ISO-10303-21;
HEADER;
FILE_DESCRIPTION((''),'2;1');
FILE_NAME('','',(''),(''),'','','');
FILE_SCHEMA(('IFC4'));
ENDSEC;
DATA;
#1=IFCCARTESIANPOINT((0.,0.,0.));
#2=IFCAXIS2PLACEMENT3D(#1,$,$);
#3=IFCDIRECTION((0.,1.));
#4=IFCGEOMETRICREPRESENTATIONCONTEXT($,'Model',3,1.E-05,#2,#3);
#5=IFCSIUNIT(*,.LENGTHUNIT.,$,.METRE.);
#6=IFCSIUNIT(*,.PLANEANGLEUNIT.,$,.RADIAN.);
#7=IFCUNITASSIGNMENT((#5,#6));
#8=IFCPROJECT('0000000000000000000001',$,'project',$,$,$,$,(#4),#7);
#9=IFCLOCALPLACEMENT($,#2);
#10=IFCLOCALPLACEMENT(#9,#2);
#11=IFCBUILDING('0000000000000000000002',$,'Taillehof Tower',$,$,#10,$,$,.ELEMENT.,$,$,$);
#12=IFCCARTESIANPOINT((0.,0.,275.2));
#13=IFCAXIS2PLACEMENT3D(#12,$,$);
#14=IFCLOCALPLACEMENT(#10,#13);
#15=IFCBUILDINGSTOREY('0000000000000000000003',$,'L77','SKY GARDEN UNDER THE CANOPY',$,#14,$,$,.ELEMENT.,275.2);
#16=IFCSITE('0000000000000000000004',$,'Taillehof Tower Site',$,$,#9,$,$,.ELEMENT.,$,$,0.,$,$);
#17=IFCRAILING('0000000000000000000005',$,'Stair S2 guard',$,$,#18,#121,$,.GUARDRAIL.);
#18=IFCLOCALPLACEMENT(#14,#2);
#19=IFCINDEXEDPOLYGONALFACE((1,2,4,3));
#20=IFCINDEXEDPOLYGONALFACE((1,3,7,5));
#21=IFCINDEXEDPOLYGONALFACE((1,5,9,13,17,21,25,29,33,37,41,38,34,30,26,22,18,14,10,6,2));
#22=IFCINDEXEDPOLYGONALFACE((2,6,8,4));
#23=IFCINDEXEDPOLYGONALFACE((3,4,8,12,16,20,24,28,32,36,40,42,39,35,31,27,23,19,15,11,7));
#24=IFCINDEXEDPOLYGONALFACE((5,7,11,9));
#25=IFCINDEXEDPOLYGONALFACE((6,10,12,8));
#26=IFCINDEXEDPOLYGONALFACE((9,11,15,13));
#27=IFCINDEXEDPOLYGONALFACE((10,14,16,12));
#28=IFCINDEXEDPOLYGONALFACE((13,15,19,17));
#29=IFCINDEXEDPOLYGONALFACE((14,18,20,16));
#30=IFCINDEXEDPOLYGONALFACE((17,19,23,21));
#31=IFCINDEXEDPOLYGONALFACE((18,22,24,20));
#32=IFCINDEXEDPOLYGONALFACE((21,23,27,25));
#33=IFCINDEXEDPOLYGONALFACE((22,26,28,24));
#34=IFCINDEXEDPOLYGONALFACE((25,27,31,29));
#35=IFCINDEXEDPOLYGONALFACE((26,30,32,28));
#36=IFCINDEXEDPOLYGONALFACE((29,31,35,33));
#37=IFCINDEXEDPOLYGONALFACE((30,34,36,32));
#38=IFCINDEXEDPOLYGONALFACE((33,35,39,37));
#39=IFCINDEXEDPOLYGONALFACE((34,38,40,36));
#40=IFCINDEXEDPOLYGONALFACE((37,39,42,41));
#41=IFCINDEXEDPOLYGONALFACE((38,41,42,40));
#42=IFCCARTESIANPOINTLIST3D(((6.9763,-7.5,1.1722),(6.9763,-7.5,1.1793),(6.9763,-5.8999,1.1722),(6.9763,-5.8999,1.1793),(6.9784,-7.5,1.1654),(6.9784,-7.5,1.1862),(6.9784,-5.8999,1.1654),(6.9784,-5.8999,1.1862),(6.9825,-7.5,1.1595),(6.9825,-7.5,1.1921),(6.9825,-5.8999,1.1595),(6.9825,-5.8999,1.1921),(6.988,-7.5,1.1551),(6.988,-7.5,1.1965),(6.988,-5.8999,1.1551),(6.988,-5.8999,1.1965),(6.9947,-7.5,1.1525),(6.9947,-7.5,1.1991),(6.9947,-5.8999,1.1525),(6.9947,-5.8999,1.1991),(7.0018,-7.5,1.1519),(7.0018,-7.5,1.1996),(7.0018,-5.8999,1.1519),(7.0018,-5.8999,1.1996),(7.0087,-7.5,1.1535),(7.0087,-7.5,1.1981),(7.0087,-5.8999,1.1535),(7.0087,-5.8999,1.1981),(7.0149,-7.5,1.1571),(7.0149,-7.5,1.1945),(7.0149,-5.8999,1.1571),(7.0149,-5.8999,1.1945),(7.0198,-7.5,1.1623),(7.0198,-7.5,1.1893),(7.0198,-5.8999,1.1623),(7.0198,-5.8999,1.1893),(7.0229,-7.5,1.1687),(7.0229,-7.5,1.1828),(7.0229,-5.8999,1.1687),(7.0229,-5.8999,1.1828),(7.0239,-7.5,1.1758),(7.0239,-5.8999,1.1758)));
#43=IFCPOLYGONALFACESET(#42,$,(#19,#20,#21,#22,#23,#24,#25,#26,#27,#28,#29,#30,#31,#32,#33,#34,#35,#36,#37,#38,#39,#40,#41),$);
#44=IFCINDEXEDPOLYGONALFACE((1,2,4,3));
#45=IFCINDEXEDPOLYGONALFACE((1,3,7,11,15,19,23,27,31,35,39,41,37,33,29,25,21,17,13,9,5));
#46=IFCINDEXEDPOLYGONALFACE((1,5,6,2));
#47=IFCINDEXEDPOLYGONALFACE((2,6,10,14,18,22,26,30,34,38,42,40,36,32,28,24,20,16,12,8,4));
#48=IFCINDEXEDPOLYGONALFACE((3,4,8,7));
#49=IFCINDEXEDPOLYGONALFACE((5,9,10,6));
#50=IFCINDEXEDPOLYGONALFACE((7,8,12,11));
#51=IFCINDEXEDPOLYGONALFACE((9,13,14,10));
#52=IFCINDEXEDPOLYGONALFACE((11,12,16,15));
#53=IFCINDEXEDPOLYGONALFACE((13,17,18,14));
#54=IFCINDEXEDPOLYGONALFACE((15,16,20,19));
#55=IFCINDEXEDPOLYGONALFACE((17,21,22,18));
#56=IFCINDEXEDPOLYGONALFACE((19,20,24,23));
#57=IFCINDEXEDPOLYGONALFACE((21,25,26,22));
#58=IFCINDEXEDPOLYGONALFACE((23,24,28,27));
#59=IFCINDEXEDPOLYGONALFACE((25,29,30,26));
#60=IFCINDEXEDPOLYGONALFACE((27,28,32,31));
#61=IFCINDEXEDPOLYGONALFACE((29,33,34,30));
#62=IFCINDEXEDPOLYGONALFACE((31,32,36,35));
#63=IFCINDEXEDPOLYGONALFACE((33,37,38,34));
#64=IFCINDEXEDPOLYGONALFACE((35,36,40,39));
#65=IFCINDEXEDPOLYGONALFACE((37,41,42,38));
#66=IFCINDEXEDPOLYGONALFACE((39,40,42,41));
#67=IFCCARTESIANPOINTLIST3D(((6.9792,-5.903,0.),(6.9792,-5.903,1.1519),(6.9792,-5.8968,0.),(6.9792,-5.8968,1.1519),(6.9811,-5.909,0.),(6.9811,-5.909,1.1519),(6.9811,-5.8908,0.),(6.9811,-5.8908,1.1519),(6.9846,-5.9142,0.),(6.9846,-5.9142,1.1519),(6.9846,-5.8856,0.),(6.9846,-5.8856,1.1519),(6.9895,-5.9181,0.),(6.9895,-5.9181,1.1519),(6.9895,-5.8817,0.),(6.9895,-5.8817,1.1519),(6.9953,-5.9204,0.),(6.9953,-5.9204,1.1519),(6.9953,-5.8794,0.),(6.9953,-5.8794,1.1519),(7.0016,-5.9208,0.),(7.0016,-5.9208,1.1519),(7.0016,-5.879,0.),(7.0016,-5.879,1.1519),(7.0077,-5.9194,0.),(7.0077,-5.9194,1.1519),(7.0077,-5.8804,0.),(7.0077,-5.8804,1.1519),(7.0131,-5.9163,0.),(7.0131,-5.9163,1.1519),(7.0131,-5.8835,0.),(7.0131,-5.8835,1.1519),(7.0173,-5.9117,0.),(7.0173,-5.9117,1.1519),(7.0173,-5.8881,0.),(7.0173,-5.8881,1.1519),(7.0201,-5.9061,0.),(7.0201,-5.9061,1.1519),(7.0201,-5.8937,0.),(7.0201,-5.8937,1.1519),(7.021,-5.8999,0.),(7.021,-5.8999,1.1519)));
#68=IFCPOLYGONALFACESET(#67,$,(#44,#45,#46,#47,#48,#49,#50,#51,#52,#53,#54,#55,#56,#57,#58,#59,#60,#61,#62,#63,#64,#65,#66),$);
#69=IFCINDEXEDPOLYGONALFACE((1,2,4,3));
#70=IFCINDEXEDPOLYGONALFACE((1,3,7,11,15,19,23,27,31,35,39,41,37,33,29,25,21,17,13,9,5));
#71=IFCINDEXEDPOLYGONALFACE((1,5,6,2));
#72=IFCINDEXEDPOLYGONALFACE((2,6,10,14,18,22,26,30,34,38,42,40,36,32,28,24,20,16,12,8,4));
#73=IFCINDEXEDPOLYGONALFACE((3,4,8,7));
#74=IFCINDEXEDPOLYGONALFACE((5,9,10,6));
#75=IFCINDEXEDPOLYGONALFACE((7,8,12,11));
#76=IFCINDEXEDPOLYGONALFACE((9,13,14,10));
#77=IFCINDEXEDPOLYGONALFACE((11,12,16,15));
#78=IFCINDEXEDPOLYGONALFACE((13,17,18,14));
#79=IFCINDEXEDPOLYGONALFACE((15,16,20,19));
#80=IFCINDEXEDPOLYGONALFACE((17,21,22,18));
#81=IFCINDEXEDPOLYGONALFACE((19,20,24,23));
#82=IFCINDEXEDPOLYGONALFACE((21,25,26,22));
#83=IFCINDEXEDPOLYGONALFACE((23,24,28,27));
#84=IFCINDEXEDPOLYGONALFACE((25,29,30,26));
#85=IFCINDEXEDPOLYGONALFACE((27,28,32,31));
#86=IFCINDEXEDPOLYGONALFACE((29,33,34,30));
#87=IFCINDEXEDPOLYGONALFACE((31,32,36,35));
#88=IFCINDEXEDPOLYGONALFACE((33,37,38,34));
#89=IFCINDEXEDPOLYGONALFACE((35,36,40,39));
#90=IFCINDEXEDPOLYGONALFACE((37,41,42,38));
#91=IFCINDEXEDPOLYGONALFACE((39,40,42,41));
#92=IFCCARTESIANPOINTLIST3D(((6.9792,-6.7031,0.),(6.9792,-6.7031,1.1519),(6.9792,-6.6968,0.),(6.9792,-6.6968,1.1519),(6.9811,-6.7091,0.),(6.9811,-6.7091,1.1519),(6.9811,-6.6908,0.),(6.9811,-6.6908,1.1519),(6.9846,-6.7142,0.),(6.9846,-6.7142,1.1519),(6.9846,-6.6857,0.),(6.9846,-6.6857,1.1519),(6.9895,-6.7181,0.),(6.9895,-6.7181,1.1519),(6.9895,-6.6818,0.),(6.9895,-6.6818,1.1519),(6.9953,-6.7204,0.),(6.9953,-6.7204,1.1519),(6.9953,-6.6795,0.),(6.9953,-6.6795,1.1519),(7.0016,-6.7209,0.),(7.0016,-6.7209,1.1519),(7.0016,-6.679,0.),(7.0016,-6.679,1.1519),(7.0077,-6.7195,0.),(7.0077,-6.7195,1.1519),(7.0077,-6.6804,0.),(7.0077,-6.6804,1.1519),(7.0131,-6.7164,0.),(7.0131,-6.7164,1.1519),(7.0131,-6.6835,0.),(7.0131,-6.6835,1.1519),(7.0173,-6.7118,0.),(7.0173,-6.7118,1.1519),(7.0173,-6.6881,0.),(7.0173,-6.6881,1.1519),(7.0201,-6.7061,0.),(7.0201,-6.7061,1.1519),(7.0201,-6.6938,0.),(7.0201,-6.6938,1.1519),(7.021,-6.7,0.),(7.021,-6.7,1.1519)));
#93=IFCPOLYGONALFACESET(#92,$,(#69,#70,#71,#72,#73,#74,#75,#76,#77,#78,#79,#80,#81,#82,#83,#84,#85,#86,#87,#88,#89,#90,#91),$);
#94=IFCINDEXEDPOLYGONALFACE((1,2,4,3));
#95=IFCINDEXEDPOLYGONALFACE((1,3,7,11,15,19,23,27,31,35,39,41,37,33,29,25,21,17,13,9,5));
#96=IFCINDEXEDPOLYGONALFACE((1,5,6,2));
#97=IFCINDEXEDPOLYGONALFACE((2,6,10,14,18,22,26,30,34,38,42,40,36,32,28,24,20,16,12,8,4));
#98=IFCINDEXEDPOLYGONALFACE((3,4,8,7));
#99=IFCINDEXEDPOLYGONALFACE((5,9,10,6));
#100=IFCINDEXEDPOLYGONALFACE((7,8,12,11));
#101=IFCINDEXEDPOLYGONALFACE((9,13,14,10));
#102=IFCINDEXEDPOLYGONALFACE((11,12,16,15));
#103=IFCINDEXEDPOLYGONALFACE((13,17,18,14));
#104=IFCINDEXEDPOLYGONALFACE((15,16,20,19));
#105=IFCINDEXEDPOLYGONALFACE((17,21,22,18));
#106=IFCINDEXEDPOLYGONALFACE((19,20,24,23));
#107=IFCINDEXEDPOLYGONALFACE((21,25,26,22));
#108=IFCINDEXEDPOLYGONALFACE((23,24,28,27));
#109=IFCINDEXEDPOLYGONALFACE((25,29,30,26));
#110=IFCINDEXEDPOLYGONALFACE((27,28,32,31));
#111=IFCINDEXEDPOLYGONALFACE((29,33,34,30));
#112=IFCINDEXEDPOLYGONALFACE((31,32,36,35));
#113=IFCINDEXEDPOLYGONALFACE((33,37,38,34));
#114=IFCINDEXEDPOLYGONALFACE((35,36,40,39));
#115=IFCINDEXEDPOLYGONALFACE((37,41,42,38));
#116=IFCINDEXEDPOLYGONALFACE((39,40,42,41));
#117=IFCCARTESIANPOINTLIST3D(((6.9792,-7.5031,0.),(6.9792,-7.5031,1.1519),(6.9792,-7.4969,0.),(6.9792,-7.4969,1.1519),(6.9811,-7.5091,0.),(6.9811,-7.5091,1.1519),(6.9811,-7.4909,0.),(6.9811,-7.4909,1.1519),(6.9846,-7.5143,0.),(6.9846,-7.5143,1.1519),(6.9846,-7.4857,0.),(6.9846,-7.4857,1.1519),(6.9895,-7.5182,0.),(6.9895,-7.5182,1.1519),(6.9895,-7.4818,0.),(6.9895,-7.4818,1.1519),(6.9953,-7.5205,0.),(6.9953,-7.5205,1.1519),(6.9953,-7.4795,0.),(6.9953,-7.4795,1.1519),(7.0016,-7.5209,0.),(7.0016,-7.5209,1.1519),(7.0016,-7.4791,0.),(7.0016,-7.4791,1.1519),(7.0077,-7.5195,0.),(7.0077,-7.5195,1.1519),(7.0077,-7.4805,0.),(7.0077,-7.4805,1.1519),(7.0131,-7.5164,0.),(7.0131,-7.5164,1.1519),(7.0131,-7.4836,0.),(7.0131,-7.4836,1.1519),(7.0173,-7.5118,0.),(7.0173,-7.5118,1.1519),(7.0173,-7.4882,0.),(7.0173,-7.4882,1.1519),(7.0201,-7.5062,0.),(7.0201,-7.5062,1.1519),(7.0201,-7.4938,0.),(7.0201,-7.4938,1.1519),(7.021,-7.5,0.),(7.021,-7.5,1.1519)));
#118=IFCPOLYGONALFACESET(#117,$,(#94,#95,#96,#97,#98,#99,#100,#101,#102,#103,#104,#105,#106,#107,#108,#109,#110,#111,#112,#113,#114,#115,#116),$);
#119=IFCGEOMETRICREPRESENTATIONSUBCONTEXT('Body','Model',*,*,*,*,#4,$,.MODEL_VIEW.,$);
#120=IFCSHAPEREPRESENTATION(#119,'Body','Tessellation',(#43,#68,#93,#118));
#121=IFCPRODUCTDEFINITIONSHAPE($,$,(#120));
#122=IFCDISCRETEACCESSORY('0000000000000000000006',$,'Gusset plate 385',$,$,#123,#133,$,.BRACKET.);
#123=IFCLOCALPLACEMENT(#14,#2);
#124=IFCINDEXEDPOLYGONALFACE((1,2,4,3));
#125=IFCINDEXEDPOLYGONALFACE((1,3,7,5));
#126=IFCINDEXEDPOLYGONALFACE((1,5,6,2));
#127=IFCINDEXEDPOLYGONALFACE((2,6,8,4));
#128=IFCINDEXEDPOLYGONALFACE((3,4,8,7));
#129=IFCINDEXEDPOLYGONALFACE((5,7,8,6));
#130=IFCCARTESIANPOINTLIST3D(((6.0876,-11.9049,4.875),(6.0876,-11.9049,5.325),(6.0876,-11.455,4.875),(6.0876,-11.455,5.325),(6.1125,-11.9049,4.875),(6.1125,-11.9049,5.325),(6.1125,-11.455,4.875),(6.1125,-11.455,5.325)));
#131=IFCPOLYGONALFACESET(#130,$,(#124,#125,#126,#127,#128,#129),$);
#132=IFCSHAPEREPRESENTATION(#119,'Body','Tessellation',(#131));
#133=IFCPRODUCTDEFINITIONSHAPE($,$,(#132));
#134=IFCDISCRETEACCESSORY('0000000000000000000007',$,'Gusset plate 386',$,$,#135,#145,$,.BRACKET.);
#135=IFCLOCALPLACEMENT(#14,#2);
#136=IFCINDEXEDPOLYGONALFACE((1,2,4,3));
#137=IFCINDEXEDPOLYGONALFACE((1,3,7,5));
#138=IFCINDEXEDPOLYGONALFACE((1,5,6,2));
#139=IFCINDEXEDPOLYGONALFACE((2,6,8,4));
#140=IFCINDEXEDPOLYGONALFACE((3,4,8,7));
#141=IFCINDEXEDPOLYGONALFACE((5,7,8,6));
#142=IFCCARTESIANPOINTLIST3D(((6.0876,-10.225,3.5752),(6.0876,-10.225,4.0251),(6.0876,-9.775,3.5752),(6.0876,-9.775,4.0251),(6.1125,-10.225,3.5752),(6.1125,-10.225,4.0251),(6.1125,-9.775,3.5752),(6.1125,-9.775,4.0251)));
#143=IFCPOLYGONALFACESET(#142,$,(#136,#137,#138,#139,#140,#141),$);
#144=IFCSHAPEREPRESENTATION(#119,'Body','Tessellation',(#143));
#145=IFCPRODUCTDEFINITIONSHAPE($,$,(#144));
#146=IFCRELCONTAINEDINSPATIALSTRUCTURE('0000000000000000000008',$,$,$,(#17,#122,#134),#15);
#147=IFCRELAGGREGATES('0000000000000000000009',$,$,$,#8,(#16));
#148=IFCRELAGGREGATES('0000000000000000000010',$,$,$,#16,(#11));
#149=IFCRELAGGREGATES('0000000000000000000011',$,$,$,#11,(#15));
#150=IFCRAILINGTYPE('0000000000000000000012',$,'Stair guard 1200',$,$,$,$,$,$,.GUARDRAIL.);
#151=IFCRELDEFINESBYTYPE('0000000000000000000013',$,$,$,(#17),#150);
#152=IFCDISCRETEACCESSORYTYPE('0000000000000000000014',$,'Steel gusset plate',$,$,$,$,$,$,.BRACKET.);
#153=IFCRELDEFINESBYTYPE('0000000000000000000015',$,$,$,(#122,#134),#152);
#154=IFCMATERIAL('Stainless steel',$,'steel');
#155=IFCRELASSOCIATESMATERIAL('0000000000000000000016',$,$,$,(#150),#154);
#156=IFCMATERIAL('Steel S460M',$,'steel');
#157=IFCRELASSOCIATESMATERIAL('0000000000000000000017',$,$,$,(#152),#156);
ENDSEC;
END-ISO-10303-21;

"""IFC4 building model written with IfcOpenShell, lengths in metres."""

from ifc_helpers import new_model, si_unit, direction, frame, origin, origin_2d, place, context, subcontext, project, spatial, rectangle, circle, extrude, material, type_object, element, save


model = new_model("IFC4")

# Units and contexts
model_context = context("Model", 3, precision=1e-05, world=origin(), true_north=direction((0.0, 1.0)))
body_context = subcontext(model_context, "Body", "Model", "MODEL_VIEW")
ifc_project = project(units=[si_unit("LENGTHUNIT", "METRE"), si_unit("PLANEANGLEUNIT", "RADIAN")], contexts=[model_context])

# Site, building, storey
site_placement = place(None, origin())
site = spatial("IfcSite", under=ifc_project, at=site_placement, Name="Taillehof Tower Site", CompositionType="ELEMENT", RefElevation=0.0)
building_placement = place(site_placement, origin())
building = spatial("IfcBuilding", under=site, at=building_placement, Name="Taillehof Tower", CompositionType="ELEMENT")
storey_placement = place(building_placement, frame((0.0, 0.0, 275.2)))
storey = spatial("IfcBuildingStorey", under=building, at=storey_placement, Name="L77", Description="SKY GARDEN UNDER THE CANOPY", CompositionType="ELEMENT", Elevation=275.2)

# Railing
ifc_material_1 = material(Name="Stainless steel", Category="steel")
railing_type = type_object("IfcRailingType", Name="Stair guard 1200", PredefinedType="GUARDRAIL", material=ifc_material_1)
railing_placement = place(storey_placement, frame((7.0, -5.8999, 0.0)))
element("IfcRailing", 1, at=railing_placement, inside=storey, type_object=railing_type, Name="Stair S2 guard", PredefinedType="GUARDRAIL", context=body_context, shape_type="SweptSolid", body=[
    extrude(circle(Radius=0.0239, at=origin_2d()), frame((0.0, 0.0, 1.1758), z_axis=(0.0, -1.0, 0.0), x_axis=(1.0, 0.0, 0.0)), (0.0, 0.0, 1.0), 1.6001),
    extrude(circle(Radius=0.021, at=origin_2d()), origin(), (0.0, 0.0, 1.0), 1.1519),
    extrude(circle(Radius=0.021, at=origin_2d()), frame((0.0, -0.8, 0.0)), (0.0, 0.0, 1.0), 1.1519),
    extrude(circle(Radius=0.021, at=origin_2d()), frame((0.0, -1.6001, 0.0)), (0.0, 0.0, 1.0), 1.1519),
])

# Discrete accessories
ifc_material_2 = material(Name="Steel S460M", Category="steel")
discrete_accessory_type = type_object("IfcDiscreteAccessoryType", Name="Steel gusset plate", PredefinedType="BRACKET", material=ifc_material_2)
for number, where, z_axis, x_axis, name in (
    (2, (6.1001, -11.6799, 4.875), (0.0, 0.0, 1.0), (0.0, 1.0, 0.0), "Gusset plate 385"),
    (3, (6.1001, -10.0, 3.5752), (0.0, 0.0, 1.0), (0.0, 1.0, 0.0), "Gusset plate 386"),
):
    element("IfcDiscreteAccessory", number, at=place(storey_placement, frame(where, z_axis=z_axis, x_axis=x_axis)), inside=storey, type_object=discrete_accessory_type, Name=name, PredefinedType="BRACKET", context=body_context, shape_type="SweptSolid", body=[
        extrude(rectangle(XDim=0.45, YDim=0.0249, at=origin_2d()), origin(), (0.0, 0.0, 1.0), 0.45),
    ])

save(model, "model.ifc")
